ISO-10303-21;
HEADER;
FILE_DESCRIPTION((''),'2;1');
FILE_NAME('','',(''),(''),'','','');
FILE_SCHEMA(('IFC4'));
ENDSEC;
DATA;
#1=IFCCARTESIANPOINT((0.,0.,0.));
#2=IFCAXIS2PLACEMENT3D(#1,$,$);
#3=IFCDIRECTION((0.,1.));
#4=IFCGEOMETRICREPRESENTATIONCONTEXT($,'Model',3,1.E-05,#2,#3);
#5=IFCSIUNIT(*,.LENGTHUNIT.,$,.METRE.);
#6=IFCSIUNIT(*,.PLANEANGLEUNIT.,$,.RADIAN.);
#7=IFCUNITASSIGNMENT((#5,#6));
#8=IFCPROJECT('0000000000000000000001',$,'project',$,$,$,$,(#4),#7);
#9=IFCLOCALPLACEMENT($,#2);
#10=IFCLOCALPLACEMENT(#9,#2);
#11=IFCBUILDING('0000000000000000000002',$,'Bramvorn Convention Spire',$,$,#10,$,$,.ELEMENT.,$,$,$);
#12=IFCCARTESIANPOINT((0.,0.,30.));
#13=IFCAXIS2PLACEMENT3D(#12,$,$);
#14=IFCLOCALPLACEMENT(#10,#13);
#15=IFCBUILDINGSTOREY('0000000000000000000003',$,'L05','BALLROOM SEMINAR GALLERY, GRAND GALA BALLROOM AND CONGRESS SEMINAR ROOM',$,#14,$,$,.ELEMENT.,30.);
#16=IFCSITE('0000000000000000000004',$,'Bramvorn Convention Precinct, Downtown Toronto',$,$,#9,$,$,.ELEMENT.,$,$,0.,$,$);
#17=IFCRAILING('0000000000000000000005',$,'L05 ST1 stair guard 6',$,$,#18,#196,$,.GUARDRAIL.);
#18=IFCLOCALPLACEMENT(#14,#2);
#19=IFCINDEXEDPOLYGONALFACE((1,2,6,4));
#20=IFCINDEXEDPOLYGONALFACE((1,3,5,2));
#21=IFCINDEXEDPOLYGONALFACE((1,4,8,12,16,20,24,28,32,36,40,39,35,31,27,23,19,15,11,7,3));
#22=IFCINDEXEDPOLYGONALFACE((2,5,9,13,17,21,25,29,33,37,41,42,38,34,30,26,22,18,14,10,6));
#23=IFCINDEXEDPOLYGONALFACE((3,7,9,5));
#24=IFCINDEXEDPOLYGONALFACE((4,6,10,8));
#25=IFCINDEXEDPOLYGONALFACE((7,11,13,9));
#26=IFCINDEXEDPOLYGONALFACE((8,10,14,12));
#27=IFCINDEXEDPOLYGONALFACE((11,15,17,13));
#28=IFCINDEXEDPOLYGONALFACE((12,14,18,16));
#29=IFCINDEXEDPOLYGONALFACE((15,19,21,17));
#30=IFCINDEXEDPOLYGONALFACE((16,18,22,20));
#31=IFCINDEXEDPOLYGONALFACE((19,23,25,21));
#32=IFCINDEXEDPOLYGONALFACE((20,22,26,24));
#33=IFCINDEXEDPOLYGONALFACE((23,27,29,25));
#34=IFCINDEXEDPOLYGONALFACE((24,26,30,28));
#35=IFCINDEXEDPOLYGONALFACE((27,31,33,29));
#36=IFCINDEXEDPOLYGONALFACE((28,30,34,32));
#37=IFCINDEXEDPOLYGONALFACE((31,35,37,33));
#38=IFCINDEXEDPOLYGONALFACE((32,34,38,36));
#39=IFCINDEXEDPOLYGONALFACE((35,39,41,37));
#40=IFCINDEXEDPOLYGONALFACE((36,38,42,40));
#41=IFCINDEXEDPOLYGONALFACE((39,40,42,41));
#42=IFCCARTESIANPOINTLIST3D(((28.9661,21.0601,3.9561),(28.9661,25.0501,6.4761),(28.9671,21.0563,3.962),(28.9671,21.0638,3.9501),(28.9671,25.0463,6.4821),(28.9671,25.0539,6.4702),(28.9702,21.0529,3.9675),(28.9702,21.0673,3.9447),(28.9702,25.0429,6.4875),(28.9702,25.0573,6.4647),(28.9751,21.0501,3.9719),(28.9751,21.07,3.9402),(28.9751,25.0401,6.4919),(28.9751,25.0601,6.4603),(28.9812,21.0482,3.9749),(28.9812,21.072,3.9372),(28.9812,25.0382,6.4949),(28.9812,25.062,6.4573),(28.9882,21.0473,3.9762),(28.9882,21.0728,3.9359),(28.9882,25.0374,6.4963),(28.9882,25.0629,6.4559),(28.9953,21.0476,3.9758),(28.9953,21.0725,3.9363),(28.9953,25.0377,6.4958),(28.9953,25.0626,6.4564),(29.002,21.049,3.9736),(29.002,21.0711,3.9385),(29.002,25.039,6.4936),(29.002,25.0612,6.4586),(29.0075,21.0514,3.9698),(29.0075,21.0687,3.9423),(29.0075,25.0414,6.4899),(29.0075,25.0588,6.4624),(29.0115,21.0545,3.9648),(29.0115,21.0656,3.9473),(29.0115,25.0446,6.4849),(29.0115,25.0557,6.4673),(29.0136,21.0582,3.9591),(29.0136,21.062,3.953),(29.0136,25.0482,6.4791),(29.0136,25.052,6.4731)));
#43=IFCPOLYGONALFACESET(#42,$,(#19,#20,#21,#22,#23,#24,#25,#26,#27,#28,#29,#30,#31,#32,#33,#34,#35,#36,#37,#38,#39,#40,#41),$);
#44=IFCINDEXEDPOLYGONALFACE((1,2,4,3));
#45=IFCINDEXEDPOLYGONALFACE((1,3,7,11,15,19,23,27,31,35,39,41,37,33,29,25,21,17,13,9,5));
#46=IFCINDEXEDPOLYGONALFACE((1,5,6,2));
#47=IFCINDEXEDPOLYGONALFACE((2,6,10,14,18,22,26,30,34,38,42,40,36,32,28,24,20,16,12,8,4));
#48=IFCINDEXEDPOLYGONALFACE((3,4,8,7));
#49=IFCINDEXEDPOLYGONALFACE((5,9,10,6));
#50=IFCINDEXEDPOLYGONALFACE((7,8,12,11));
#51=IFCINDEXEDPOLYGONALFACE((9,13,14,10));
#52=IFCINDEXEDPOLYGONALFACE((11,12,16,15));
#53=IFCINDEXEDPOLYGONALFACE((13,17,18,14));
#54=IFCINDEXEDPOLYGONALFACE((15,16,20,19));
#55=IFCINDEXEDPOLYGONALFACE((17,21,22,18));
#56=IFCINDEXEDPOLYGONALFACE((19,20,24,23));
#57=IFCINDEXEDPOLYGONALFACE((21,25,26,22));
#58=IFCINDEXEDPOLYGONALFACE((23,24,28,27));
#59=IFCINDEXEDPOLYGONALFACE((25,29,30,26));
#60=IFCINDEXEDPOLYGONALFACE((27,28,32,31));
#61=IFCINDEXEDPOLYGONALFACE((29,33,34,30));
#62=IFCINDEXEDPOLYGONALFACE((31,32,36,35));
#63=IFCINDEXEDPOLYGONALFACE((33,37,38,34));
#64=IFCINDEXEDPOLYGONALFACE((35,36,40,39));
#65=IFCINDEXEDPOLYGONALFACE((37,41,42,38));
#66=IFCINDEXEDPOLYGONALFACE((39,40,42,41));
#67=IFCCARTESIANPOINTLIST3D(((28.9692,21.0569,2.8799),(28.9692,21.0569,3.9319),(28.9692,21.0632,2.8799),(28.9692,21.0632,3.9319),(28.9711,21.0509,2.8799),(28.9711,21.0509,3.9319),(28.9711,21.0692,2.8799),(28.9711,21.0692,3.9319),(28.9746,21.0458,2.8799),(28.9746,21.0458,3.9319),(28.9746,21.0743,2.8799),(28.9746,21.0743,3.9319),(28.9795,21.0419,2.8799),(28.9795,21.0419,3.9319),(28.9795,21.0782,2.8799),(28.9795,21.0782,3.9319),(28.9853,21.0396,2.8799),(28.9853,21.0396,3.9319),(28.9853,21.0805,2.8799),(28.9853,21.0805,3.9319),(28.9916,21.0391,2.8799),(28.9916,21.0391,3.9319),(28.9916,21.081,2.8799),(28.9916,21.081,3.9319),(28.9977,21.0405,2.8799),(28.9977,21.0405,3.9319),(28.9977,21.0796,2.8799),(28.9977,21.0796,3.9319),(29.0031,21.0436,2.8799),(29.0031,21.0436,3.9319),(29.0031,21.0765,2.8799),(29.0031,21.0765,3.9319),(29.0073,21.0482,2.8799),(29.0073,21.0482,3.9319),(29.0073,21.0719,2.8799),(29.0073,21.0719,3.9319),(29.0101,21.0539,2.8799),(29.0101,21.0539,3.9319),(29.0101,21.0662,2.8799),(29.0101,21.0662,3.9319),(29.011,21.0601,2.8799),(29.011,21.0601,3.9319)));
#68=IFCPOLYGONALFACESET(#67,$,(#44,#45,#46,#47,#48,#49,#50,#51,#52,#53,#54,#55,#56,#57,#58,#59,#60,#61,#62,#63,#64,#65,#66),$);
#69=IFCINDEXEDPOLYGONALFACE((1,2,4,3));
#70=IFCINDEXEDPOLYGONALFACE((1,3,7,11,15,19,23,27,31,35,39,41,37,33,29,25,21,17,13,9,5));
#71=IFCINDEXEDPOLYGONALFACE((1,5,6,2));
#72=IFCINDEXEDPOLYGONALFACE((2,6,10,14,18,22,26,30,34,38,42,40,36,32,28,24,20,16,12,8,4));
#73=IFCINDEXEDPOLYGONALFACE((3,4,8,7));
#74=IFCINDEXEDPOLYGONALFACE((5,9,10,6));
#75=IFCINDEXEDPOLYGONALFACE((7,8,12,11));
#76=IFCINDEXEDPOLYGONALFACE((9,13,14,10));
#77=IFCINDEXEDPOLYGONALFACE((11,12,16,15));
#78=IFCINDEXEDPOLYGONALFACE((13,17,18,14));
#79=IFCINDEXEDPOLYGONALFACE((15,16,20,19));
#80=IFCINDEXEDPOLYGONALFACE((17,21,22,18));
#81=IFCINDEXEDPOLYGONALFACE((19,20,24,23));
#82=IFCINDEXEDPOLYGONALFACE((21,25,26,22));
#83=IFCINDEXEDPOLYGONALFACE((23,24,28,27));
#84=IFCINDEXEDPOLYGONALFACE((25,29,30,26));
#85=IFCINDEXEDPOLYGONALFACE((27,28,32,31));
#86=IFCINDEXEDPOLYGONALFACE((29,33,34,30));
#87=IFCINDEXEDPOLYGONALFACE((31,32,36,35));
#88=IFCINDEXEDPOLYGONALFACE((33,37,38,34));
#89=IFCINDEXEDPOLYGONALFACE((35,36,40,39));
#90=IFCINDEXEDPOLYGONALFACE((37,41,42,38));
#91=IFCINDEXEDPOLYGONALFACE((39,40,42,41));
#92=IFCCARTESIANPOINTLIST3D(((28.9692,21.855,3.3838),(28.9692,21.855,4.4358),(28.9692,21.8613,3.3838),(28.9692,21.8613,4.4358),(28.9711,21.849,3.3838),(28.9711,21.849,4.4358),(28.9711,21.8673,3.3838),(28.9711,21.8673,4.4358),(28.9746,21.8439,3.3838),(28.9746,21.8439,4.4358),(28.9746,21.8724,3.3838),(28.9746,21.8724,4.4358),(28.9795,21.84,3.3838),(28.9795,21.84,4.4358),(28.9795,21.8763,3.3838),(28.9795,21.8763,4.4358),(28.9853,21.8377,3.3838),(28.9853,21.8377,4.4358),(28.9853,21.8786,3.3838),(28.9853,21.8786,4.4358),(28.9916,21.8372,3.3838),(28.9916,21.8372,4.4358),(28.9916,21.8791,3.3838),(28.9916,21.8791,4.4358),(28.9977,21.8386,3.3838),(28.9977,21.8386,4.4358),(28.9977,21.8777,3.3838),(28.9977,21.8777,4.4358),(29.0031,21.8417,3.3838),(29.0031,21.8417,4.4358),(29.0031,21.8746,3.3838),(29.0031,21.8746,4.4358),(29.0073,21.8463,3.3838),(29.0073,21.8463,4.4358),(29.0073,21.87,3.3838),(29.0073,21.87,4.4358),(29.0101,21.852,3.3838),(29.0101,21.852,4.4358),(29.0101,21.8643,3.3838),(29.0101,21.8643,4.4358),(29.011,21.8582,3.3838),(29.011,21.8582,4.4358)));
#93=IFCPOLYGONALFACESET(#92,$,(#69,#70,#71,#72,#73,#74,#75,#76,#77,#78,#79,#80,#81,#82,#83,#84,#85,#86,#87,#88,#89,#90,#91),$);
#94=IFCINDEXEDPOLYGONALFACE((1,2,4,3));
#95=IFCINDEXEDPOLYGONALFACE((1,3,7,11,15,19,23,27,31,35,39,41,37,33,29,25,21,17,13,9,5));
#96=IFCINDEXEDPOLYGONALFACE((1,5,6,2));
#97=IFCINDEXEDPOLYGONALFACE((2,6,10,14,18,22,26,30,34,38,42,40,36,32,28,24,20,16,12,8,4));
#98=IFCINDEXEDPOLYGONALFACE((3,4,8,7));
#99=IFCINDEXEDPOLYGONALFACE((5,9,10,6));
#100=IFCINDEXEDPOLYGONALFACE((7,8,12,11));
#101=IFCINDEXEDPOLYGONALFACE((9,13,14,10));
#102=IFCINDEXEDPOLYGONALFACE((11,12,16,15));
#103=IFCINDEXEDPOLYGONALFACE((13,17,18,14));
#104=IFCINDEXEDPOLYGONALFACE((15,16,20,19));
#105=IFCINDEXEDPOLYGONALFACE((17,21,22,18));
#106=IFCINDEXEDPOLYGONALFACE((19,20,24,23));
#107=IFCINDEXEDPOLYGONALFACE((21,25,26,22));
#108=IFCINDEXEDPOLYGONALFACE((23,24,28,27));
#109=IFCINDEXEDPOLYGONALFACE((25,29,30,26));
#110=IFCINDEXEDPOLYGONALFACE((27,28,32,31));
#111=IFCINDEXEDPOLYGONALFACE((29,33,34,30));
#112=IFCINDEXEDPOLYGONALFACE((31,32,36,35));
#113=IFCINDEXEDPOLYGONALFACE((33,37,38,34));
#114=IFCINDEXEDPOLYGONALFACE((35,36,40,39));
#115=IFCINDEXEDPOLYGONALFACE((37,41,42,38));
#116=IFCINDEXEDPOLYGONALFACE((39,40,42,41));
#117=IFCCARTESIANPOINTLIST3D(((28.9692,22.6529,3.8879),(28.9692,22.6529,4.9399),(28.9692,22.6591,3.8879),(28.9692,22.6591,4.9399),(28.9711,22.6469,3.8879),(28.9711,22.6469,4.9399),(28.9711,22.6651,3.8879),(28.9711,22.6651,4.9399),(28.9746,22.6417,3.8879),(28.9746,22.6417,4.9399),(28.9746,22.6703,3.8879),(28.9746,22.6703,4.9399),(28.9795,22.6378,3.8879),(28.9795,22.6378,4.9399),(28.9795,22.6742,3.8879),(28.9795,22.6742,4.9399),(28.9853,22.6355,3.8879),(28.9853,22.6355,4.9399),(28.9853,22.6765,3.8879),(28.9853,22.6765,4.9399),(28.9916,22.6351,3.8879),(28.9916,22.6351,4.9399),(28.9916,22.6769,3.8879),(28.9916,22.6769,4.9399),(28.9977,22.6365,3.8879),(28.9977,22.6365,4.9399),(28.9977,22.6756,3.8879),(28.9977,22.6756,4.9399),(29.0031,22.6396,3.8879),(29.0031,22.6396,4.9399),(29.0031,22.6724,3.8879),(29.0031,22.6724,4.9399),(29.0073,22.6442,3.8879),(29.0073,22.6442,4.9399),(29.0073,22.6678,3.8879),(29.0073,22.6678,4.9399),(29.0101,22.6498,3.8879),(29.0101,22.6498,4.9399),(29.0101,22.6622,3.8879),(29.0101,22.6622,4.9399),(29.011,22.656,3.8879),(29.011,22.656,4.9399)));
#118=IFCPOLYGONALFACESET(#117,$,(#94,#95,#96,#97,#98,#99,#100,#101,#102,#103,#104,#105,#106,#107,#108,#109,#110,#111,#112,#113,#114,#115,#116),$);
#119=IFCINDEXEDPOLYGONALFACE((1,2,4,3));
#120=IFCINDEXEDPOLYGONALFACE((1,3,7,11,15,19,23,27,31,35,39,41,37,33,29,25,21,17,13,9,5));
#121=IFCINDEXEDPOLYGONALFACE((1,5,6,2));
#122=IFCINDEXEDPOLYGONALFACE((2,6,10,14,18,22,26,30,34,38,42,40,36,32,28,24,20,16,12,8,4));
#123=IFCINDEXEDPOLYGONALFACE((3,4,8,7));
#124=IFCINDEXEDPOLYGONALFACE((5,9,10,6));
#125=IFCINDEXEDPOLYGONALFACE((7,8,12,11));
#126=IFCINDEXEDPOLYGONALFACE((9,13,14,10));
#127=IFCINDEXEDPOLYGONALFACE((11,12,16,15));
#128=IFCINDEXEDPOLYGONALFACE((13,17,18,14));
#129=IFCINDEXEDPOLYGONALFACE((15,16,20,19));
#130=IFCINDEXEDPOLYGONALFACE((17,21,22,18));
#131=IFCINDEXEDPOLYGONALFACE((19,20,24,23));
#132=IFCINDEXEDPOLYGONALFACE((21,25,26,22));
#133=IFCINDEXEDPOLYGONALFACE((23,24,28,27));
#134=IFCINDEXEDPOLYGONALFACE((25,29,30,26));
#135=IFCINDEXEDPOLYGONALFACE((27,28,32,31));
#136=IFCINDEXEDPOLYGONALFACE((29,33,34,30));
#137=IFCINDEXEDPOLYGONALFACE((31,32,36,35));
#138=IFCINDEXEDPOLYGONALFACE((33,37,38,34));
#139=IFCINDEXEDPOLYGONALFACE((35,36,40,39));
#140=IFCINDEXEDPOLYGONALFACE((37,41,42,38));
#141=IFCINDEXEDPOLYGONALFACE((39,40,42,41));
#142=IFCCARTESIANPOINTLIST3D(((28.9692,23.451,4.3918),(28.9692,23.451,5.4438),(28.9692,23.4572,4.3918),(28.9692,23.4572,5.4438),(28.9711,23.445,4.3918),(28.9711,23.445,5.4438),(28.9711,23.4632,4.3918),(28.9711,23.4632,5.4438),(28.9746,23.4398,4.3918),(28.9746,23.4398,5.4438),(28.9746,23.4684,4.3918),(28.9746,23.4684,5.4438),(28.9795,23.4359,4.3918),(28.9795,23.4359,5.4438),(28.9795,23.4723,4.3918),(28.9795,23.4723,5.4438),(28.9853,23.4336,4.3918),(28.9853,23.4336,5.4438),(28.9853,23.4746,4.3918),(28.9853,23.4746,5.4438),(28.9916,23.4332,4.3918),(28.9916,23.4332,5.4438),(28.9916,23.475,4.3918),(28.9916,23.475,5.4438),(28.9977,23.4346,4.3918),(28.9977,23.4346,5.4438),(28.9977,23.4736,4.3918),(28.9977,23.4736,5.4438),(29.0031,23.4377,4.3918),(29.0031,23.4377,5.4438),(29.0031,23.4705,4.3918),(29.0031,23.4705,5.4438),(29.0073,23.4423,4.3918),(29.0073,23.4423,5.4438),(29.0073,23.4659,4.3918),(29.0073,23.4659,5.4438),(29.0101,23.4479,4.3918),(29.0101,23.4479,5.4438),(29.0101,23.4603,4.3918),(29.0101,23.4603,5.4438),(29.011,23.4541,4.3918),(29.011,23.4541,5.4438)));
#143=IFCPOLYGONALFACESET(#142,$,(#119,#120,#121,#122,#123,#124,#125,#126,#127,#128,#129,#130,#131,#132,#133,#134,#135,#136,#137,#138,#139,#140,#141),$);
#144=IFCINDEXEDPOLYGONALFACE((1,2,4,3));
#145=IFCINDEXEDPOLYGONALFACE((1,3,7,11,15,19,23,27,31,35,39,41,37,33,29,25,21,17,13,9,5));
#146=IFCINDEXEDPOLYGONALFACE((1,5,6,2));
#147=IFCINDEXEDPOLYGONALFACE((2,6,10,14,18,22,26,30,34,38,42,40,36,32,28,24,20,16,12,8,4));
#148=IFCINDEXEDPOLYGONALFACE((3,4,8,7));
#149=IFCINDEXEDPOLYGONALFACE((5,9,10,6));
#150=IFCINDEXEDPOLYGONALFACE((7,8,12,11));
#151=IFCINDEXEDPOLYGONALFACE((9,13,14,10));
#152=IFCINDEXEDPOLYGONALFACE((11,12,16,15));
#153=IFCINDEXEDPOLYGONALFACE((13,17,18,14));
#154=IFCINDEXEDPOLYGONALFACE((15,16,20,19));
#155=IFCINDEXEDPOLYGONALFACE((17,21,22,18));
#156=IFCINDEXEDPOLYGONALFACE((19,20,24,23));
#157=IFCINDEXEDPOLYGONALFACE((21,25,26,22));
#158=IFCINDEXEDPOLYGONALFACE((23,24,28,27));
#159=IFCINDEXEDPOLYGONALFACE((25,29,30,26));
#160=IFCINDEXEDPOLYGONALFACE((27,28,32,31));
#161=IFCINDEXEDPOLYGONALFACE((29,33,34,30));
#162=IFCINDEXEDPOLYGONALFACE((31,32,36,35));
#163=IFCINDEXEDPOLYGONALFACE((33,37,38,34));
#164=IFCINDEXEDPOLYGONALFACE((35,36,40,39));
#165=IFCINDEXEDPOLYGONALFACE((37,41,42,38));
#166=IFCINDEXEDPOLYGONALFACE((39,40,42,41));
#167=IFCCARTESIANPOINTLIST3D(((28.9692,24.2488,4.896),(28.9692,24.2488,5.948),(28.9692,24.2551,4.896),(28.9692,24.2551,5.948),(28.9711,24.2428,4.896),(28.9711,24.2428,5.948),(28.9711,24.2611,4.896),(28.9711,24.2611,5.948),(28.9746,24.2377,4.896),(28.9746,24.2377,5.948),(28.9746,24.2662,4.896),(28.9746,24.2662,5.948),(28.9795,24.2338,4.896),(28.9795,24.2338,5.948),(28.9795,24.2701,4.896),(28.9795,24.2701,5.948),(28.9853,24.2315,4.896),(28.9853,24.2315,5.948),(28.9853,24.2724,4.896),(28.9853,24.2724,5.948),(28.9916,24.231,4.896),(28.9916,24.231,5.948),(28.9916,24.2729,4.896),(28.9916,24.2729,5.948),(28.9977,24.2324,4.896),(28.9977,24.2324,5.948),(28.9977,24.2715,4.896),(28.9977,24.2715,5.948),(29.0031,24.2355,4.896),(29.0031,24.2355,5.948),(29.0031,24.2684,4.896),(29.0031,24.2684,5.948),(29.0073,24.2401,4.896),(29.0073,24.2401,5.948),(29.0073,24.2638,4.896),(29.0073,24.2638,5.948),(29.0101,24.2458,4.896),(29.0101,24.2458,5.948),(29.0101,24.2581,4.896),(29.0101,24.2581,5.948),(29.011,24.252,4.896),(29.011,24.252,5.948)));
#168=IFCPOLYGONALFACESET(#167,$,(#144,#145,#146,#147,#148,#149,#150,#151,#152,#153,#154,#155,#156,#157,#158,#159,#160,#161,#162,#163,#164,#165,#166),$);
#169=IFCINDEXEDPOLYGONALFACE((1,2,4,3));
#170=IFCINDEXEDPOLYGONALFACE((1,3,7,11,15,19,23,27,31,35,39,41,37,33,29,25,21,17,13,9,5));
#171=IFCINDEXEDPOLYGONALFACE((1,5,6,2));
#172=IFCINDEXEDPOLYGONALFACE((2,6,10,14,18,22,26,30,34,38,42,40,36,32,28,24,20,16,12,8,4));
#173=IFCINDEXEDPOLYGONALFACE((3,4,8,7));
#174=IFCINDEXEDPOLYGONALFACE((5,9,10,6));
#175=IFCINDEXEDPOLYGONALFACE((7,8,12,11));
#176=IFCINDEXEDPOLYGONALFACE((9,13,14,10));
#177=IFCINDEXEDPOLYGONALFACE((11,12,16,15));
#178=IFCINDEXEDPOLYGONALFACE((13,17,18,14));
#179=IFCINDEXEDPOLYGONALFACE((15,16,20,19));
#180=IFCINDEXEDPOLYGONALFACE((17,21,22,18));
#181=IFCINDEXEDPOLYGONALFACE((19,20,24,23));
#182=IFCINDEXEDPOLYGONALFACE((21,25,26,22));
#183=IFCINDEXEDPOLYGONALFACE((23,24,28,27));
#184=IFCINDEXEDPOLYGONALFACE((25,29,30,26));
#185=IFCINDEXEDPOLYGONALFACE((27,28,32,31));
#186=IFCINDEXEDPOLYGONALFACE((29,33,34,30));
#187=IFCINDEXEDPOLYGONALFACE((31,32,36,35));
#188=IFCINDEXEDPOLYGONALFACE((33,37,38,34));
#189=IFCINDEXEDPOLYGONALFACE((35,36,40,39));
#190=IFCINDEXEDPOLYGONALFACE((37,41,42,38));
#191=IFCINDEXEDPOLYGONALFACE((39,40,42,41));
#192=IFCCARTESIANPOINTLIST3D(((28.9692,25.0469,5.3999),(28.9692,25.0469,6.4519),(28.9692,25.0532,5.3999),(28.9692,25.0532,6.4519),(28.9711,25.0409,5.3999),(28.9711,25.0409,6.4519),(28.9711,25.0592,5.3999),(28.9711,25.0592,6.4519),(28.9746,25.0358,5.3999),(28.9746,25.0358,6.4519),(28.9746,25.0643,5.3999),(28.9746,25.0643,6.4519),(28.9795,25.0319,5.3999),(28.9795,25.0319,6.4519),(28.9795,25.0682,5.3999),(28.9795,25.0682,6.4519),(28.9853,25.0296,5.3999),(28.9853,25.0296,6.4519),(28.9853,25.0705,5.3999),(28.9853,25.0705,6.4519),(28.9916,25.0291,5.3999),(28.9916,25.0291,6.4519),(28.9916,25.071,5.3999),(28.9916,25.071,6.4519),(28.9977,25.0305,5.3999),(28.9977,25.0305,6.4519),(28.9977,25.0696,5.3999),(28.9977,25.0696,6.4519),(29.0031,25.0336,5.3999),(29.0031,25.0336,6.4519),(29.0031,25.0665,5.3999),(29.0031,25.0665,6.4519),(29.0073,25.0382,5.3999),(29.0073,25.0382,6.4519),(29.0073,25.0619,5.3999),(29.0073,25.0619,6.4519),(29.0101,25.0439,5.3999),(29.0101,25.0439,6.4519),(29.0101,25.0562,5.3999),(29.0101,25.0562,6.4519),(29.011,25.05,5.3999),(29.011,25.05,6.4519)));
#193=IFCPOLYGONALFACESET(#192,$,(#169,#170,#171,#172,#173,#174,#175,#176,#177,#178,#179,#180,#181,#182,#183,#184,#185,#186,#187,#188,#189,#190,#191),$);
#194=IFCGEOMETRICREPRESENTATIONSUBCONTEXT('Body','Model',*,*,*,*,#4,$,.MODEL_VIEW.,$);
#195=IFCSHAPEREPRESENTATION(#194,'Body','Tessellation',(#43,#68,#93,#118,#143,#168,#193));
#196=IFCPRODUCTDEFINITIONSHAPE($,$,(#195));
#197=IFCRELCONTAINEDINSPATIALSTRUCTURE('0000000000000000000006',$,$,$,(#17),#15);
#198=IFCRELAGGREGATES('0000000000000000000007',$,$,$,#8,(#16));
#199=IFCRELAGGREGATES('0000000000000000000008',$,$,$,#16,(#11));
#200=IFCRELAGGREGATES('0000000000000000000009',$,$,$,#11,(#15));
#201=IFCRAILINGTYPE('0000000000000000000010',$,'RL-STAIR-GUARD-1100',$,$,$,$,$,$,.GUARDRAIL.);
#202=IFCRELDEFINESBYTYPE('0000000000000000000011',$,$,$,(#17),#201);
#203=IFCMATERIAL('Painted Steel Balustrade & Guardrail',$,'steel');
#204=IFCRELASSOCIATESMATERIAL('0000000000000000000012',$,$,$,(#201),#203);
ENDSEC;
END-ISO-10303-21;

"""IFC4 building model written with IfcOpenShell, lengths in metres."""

from ifc_helpers import new_model, si_unit, direction, frame, origin, origin_2d, place, context, subcontext, project, spatial, circle, extrude, material, type_object, element, save


model = new_model("IFC4")

# Units and contexts
model_context = context("Model", 3, precision=1e-05, world=origin(), true_north=direction((0.0, 1.0)))
body_context = subcontext(model_context, "Body", "Model", "MODEL_VIEW")
ifc_project = project(units=[si_unit("LENGTHUNIT", "METRE"), si_unit("PLANEANGLEUNIT", "RADIAN")], contexts=[model_context])

# Site, building, storey
site_placement = place(None, origin())
site = spatial("IfcSite", under=ifc_project, at=site_placement, Name="Bramvorn Convention Precinct, Downtown Toronto", CompositionType="ELEMENT", RefElevation=0.0)
building_placement = place(site_placement, origin())
building = spatial("IfcBuilding", under=site, at=building_placement, Name="Bramvorn Convention Spire", CompositionType="ELEMENT")
storey_placement = place(building_placement, frame((0.0, 0.0, 30.0)))
storey = spatial("IfcBuildingStorey", under=building, at=storey_placement, Name="L05", Description="BALLROOM SEMINAR GALLERY, GRAND GALA BALLROOM AND CONGRESS SEMINAR ROOM", CompositionType="ELEMENT", Elevation=30.0)

# Railing
ifc_material_1 = material(Name="Painted Steel Balustrade & Guardrail", Category="steel")
railing_type_1 = type_object("IfcRailingType", Name="RL-STAIR-GUARD-1100", PredefinedType="GUARDRAIL", material=ifc_material_1)
railing_1_placement = place(storey_placement, frame((28.99, 21.0601, 2.8799)))
element("IfcRailing", 1, at=railing_1_placement, inside=storey, type_object=railing_type_1, Name="L05 ST1 stair guard 6", PredefinedType="GUARDRAIL", context=body_context, shape_type="SweptSolid", body=[
    extrude(circle(Radius=0.0239, at=origin_2d()), frame((0.0, 0.0, 1.0762), z_axis=(0.0, 0.845486, 0.533997), x_axis=(-1.0, 0.0, 0.0)), (0.0, 0.0, 1.0), 4.7192),
    extrude(circle(Radius=0.021, at=origin_2d()), origin(), (0.0, 0.0, 1.0), 1.052),
    extrude(circle(Radius=0.021, at=origin_2d()), frame((0.0, 0.7981, 0.5039)), (0.0, 0.0, 1.0), 1.052),
    extrude(circle(Radius=0.021, at=origin_2d()), frame((0.0, 1.5959, 1.0081)), (0.0, 0.0, 1.0), 1.052),
    extrude(circle(Radius=0.021, at=origin_2d()), frame((0.0, 2.394, 1.512)), (0.0, 0.0, 1.0), 1.052),
    extrude(circle(Radius=0.021, at=origin_2d()), frame((0.0, 3.1919, 2.0161)), (0.0, 0.0, 1.0), 1.052),
    extrude(circle(Radius=0.021, at=origin_2d()), frame((0.0, 3.99, 2.52)), (0.0, 0.0, 1.0), 1.052),
])

save(model, "model.ifc")
